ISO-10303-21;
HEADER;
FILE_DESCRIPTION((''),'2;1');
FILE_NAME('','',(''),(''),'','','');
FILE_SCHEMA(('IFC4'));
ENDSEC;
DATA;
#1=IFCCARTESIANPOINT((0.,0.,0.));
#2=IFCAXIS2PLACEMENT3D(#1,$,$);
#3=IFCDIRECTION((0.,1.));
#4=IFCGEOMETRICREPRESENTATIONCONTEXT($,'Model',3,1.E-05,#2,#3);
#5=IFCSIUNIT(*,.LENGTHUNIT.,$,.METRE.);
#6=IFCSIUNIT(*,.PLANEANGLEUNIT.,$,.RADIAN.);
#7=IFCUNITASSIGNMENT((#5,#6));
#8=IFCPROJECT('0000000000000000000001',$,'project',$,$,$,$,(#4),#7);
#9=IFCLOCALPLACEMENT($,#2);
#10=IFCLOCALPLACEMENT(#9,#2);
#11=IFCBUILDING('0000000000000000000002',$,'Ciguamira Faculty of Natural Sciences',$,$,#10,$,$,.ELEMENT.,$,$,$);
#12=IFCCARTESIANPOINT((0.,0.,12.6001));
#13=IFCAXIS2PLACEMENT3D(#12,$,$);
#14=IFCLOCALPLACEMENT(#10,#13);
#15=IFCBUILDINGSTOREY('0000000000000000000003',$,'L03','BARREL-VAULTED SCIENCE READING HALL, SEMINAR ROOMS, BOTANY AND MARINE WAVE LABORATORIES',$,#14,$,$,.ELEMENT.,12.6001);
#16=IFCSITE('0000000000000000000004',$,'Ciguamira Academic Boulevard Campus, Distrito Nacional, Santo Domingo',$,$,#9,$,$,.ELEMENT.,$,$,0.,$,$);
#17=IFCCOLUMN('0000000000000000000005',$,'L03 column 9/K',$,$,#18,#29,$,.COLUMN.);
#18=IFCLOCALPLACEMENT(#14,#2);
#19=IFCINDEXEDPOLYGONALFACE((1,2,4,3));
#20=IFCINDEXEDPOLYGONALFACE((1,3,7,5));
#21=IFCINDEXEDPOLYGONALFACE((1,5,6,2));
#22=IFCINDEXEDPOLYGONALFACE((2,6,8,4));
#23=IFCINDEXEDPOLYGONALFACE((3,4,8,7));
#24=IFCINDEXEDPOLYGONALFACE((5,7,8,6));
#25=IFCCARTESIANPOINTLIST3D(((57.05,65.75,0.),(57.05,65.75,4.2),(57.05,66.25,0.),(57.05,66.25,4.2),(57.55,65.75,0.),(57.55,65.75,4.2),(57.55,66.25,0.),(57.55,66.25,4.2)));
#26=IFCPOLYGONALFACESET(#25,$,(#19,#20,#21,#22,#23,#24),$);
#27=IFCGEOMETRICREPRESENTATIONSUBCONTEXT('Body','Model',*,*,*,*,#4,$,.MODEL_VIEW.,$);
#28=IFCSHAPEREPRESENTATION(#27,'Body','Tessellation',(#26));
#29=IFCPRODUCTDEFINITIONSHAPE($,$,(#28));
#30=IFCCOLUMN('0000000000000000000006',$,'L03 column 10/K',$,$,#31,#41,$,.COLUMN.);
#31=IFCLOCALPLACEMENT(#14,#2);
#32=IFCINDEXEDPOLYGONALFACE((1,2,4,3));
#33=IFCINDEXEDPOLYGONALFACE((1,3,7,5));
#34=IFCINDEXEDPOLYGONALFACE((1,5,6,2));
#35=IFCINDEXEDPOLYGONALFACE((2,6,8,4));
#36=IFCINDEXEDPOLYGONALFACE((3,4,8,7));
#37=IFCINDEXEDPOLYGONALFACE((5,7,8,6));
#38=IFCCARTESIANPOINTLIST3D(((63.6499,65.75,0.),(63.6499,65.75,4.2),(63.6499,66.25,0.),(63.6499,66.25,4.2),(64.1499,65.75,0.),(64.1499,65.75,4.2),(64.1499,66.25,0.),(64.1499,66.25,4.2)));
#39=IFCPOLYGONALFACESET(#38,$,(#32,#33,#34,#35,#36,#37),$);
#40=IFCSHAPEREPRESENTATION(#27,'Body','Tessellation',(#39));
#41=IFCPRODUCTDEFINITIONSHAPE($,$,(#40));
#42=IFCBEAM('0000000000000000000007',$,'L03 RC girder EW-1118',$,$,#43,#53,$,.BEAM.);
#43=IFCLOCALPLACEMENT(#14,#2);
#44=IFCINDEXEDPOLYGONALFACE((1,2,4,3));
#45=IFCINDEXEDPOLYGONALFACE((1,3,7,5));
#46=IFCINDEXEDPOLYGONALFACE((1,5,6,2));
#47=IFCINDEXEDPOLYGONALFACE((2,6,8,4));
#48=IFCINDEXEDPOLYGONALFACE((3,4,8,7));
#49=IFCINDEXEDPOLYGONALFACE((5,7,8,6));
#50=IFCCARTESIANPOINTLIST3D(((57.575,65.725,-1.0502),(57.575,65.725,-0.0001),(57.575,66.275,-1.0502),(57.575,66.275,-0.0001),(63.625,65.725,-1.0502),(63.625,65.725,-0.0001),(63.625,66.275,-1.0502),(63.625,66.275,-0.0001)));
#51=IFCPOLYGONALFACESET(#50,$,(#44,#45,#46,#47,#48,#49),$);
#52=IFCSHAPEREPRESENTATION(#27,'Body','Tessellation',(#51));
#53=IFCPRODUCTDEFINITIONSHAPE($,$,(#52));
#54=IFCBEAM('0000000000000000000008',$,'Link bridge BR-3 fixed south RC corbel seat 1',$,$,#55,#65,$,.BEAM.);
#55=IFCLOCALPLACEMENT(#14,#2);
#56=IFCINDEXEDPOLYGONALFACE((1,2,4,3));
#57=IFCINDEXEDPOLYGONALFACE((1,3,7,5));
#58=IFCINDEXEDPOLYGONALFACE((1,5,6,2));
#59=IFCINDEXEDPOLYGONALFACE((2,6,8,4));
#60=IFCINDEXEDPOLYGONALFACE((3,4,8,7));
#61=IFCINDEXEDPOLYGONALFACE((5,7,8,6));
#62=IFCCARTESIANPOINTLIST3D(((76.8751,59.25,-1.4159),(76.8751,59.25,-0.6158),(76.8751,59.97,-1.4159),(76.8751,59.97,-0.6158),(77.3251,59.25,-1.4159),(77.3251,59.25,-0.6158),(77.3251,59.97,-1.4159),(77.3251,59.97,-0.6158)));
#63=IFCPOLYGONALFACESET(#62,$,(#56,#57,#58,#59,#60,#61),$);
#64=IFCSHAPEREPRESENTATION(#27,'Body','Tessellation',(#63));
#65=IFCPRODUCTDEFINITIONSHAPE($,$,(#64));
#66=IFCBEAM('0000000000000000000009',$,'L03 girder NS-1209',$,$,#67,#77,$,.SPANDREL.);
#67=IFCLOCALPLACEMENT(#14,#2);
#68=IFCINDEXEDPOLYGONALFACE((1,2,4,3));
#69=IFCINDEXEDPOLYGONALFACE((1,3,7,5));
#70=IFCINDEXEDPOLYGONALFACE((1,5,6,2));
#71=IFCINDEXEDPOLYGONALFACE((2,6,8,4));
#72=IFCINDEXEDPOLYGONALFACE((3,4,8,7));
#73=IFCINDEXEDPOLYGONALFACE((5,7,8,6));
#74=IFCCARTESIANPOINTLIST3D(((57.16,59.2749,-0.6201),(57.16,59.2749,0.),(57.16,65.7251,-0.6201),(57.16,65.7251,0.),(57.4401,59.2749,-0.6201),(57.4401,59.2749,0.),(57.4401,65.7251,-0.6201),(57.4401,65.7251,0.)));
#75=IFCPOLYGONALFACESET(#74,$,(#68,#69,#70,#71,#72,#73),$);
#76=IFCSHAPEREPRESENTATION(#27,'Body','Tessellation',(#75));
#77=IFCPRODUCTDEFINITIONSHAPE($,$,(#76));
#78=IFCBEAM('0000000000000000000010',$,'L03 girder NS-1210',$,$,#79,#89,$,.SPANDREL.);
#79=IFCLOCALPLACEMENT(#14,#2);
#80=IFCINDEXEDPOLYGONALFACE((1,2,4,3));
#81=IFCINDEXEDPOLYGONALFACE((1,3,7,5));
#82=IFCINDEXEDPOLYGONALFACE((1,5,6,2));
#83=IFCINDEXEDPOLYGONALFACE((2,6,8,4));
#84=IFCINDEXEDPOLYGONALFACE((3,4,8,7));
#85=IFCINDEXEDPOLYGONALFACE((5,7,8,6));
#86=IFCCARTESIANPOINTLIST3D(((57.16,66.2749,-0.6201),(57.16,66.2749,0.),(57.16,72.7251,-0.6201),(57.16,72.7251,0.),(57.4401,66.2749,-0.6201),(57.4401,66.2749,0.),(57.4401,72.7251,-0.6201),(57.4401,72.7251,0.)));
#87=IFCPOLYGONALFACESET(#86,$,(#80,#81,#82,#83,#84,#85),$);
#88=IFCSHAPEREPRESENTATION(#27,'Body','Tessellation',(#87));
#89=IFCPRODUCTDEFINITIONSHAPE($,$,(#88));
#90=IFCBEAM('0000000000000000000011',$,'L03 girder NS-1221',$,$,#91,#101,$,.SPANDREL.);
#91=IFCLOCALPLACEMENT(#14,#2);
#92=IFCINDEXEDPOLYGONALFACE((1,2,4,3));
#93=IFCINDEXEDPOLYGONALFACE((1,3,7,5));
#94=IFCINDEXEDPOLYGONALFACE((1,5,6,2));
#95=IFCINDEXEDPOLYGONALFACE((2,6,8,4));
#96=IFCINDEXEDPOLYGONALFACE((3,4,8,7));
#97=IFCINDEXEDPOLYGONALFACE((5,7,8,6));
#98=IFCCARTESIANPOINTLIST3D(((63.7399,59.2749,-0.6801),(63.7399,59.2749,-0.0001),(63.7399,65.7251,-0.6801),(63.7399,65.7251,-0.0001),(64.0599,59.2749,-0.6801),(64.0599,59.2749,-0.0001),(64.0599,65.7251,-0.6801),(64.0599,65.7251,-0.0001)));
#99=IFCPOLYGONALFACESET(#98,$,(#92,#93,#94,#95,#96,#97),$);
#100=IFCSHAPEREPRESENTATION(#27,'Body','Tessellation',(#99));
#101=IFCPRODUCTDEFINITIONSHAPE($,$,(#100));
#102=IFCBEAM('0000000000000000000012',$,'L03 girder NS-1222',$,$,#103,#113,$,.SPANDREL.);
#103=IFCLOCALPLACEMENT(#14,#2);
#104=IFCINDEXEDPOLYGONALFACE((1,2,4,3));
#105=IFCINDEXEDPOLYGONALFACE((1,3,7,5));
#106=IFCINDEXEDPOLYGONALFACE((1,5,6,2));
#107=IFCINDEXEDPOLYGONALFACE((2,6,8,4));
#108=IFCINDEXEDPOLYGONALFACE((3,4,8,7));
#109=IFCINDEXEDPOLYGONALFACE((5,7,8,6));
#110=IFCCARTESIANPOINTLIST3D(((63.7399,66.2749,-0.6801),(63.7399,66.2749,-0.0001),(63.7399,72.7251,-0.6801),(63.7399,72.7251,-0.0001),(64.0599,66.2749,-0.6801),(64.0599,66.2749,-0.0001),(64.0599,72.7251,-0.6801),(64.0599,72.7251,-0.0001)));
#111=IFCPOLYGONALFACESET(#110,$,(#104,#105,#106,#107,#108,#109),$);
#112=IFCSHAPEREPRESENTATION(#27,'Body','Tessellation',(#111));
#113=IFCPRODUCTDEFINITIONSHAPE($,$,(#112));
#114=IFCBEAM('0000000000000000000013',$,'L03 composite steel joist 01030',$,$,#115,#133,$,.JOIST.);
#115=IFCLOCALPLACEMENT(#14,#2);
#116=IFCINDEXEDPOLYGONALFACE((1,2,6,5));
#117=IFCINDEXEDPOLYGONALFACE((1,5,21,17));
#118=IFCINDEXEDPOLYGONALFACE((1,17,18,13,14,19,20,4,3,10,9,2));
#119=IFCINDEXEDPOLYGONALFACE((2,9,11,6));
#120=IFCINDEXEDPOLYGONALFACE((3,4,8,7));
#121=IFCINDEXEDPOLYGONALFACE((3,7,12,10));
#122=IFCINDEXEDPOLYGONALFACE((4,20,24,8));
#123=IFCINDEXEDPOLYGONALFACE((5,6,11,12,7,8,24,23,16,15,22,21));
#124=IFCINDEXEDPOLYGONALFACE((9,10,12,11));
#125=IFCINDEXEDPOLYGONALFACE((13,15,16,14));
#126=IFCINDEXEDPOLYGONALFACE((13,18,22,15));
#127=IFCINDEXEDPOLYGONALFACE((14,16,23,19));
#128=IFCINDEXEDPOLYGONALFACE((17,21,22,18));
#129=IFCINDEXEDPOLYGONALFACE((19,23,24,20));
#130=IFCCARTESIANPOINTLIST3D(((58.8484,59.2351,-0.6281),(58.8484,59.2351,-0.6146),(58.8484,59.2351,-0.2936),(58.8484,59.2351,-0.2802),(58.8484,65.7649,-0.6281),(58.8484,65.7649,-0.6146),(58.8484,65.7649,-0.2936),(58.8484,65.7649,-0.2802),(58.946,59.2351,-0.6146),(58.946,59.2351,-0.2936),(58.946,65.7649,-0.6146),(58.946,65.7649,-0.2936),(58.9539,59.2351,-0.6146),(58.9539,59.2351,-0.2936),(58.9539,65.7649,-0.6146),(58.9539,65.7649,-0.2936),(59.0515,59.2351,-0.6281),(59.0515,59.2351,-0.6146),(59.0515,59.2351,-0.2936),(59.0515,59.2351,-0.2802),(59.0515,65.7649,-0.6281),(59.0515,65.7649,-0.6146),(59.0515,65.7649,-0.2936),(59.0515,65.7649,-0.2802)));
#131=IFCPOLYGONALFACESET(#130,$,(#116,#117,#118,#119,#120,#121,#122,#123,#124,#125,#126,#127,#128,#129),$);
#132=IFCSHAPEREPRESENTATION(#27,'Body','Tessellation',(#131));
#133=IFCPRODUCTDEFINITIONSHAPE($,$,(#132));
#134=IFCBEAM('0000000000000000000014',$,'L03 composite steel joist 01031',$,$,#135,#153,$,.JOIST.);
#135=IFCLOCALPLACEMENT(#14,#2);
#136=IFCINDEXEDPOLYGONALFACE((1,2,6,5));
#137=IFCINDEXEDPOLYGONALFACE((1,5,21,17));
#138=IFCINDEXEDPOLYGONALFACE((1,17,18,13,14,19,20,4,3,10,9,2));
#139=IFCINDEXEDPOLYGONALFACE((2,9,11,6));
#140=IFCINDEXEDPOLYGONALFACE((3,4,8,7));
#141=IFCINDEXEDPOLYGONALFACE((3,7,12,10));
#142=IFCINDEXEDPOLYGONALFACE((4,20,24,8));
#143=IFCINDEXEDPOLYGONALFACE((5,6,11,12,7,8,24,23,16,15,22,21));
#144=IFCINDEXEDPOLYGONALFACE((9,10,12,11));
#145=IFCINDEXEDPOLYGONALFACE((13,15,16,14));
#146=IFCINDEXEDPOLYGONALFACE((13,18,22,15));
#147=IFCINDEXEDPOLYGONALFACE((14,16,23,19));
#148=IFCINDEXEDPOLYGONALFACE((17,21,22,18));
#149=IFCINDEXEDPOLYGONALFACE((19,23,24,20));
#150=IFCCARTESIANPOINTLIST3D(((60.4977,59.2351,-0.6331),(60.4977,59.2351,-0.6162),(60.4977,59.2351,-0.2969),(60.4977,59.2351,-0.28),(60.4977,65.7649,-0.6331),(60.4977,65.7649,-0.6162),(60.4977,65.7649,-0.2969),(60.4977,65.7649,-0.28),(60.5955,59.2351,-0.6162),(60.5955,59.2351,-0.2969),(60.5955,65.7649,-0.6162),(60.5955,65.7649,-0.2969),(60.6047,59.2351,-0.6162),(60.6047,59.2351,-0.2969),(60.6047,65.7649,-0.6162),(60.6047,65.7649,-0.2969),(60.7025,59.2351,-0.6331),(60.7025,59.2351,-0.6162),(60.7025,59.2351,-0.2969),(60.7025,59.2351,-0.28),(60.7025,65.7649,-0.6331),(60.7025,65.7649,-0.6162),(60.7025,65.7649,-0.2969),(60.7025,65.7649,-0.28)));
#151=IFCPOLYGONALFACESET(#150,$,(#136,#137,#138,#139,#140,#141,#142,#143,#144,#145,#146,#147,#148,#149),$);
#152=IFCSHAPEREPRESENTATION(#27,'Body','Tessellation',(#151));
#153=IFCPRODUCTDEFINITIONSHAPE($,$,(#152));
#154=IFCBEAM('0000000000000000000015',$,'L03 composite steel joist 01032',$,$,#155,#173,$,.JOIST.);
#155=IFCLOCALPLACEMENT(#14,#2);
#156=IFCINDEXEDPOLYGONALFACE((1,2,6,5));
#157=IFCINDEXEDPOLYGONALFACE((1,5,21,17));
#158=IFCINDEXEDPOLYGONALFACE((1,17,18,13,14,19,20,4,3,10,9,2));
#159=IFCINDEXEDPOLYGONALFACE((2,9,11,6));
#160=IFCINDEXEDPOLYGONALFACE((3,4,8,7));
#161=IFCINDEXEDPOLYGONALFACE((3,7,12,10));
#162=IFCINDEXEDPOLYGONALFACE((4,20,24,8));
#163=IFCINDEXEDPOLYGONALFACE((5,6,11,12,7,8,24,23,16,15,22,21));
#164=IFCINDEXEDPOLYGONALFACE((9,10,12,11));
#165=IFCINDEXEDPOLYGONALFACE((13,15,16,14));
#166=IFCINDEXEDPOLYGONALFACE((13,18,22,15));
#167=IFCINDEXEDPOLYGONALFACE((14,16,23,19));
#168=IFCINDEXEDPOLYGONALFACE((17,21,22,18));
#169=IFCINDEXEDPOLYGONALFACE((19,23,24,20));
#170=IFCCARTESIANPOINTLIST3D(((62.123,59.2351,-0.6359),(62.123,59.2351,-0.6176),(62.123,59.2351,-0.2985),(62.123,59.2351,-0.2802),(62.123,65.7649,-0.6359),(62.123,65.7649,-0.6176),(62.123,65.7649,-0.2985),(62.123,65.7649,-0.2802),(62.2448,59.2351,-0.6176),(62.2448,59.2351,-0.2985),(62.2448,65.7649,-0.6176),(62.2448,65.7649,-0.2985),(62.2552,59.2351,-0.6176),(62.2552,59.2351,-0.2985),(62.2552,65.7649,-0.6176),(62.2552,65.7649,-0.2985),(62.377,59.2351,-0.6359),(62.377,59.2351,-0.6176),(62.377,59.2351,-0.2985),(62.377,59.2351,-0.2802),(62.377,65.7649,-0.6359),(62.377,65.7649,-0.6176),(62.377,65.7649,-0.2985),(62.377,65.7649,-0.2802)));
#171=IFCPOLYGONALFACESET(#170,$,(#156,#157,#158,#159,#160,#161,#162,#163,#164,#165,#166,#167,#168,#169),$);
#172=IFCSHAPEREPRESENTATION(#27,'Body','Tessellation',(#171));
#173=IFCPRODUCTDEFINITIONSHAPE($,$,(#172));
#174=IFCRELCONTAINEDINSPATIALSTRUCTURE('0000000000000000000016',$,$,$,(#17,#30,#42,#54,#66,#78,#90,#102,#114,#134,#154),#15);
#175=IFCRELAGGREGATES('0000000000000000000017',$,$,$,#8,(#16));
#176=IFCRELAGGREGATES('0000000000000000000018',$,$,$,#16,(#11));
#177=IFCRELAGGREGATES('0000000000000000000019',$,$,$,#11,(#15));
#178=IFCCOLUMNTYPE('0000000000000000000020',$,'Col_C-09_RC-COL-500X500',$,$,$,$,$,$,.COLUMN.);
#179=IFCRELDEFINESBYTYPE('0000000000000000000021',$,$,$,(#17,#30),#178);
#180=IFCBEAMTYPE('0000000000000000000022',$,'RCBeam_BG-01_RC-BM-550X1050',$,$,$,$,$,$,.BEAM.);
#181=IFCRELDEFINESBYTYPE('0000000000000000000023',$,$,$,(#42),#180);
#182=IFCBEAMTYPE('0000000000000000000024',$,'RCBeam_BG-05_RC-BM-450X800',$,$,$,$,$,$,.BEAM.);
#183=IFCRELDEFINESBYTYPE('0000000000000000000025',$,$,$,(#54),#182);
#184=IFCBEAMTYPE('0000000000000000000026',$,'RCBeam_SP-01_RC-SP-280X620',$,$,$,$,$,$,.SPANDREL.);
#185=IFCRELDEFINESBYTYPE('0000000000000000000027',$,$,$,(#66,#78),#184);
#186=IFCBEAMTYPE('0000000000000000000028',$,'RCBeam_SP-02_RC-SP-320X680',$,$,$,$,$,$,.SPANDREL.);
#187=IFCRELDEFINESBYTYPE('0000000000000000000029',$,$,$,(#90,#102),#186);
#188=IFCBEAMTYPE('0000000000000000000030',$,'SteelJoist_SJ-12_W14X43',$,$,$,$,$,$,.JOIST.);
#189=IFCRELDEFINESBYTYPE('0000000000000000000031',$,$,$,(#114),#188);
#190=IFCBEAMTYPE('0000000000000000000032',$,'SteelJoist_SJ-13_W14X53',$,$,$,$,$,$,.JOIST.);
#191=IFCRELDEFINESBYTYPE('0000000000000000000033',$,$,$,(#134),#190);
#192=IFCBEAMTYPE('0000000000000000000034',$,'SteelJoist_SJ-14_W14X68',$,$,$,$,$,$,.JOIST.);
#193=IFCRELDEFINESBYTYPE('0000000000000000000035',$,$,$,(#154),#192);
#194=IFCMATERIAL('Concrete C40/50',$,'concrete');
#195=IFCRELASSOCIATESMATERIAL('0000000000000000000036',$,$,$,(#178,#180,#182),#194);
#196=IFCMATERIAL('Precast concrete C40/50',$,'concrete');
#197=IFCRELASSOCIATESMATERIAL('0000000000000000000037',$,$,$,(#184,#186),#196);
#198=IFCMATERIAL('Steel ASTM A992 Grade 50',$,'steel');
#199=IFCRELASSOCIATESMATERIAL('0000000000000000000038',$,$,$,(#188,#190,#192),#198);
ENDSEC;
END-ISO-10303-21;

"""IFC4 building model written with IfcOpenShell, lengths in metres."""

from ifc_helpers import new_model, si_unit, direction, frame, origin, origin_2d, place, context, subcontext, project, spatial, rectangle, i_section, extrude, material, material_profile, profile_set, type_object, element, save


model = new_model("IFC4")

# Units and contexts
model_context = context("Model", 3, precision=1e-05, world=origin(), true_north=direction((0.0, 1.0)))
body_context = subcontext(model_context, "Body", "Model", "MODEL_VIEW")
ifc_project = project(units=[si_unit("LENGTHUNIT", "METRE"), si_unit("PLANEANGLEUNIT", "RADIAN")], contexts=[model_context])

# Site, building, storey
site_placement = place(None, origin())
site = spatial("IfcSite", under=ifc_project, at=site_placement, Name="Ciguamira Academic Boulevard Campus, Distrito Nacional, Santo Domingo", CompositionType="ELEMENT", RefElevation=0.0)
building_placement = place(site_placement, origin())
building = spatial("IfcBuilding", under=site, at=building_placement, Name="Ciguamira Faculty of Natural Sciences", CompositionType="ELEMENT")
storey_placement = place(building_placement, frame((0.0, 0.0, 12.6001)))
storey = spatial("IfcBuildingStorey", under=building, at=storey_placement, Name="L03", Description="BARREL-VAULTED SCIENCE READING HALL, SEMINAR ROOMS, BOTANY AND MARINE WAVE LABORATORIES", CompositionType="ELEMENT", Elevation=12.6001)

# Columns
ifc_material_1 = material(Name="Concrete C40/50", Category="concrete")
ifc_material_profile_1 = material_profile(ifc_material_1, rectangle(XDim=0.5, YDim=0.5, at=origin_2d()), Name="RC-COL-500X500")
ifc_profile_set_1 = profile_set([ifc_material_profile_1], Name="Concrete C40/50")
column_type = type_object("IfcColumnType", Name="Col_C-09_RC-COL-500X500", PredefinedType="COLUMN", material=ifc_profile_set_1)
for number, where, z_axis, x_axis, name in (
    (1, (57.3, 66.0, 0.0), (0.0, 0.0, 1.0), (1.0, 0.0, 0.0), "L03 column 9/K"),
    (2, (63.8999, 66.0, 0.0), (0.0, 0.0, 1.0), (1.0, 0.0, 0.0), "L03 column 10/K"),
):
    element("IfcColumn", number, at=place(storey_placement, frame(where, z_axis=z_axis, x_axis=x_axis)), inside=storey, type_object=column_type, Name=name, PredefinedType="COLUMN", context=body_context, shape_type="SweptSolid", body=[
        extrude(rectangle(XDim=0.5, YDim=0.5, at=origin_2d()), origin(), (0.0, 0.0, 1.0), 4.2),
    ])

# Beams
ifc_material_profile_2 = material_profile(ifc_material_1, rectangle(XDim=0.55, YDim=1.05, at=origin_2d()), Name="RC-BM-550X1050")
ifc_profile_set_2 = profile_set([ifc_material_profile_2], Name="Concrete C40/50")
beam_type_1 = type_object("IfcBeamType", Name="RCBeam_BG-01_RC-BM-550X1050", PredefinedType="BEAM", material=ifc_profile_set_2)
beam_1_placement = place(storey_placement, frame((57.575, 66.0, -0.5251), z_axis=(1.0, 0.0, 0.0), x_axis=(0.0, 1.0, 0.0)))
element("IfcBeam", 3, at=beam_1_placement, inside=storey, type_object=beam_type_1, Name="L03 RC girder EW-1118", PredefinedType="BEAM", context=body_context, shape_type="SweptSolid", body=[
    extrude(rectangle(XDim=0.55, YDim=1.05, at=origin_2d()), origin(), (0.0, 0.0, 1.0), 6.05),
])
ifc_material_profile_3 = material_profile(ifc_material_1, rectangle(XDim=0.45, YDim=0.8, at=origin_2d()), Name="RC-BM-450X800")
ifc_profile_set_3 = profile_set([ifc_material_profile_3], Name="Concrete C40/50")
beam_type_2 = type_object("IfcBeamType", Name="RCBeam_BG-05_RC-BM-450X800", PredefinedType="BEAM", material=ifc_profile_set_3)
beam_2_placement = place(storey_placement, frame((77.1001, 59.25, -1.0159), z_axis=(0.0, 1.0, 0.0), x_axis=(-1.0, 0.0, 0.0)))
element("IfcBeam", 4, at=beam_2_placement, inside=storey, type_object=beam_type_2, Name="Link bridge BR-3 fixed south RC corbel seat 1", PredefinedType="BEAM", context=body_context, shape_type="SweptSolid", body=[
    extrude(rectangle(XDim=0.45, YDim=0.8, at=origin_2d()), origin(), (0.0, 0.0, 1.0), 0.72),
])
ifc_material_2 = material(Name="Precast concrete C40/50", Category="concrete")
ifc_material_profile_4 = material_profile(ifc_material_2, rectangle(XDim=0.28, YDim=0.6201, at=origin_2d()), Name="RC-SP-280X620")
ifc_profile_set_4 = profile_set([ifc_material_profile_4], Name="Precast concrete C40/50")
beam_type_3 = type_object("IfcBeamType", Name="RCBeam_SP-01_RC-SP-280X620", PredefinedType="SPANDREL", material=ifc_profile_set_4)
for number, where, z_axis, x_axis, name in (
    (5, (57.3, 59.2749, -0.3101), (0.0, 1.0, 0.0), (-1.0, 0.0, 0.0), "L03 girder NS-1209"),
    (6, (57.3, 66.2749, -0.3101), (0.0, 1.0, 0.0), (-1.0, 0.0, 0.0), "L03 girder NS-1210"),
):
    element("IfcBeam", number, at=place(storey_placement, frame(where, z_axis=z_axis, x_axis=x_axis)), inside=storey, type_object=beam_type_3, Name=name, PredefinedType="SPANDREL", context=body_context, shape_type="SweptSolid", body=[
        extrude(rectangle(XDim=0.28, YDim=0.6201, at=origin_2d()), origin(), (0.0, 0.0, 1.0), 6.4502),
    ])
ifc_material_profile_5 = material_profile(ifc_material_2, rectangle(XDim=0.3201, YDim=0.6799, at=origin_2d()), Name="RC-SP-320X680")
ifc_profile_set_5 = profile_set([ifc_material_profile_5], Name="Precast concrete C40/50")
beam_type_4 = type_object("IfcBeamType", Name="RCBeam_SP-02_RC-SP-320X680", PredefinedType="SPANDREL", material=ifc_profile_set_5)
for number, where, z_axis, x_axis, name in (
    (7, (63.8999, 59.2749, -0.3401), (0.0, 1.0, 0.0), (-1.0, 0.0, 0.0), "L03 girder NS-1221"),
    (8, (63.8999, 66.2749, -0.3401), (0.0, 1.0, 0.0), (-1.0, 0.0, 0.0), "L03 girder NS-1222"),
):
    element("IfcBeam", number, at=place(storey_placement, frame(where, z_axis=z_axis, x_axis=x_axis)), inside=storey, type_object=beam_type_4, Name=name, PredefinedType="SPANDREL", context=body_context, shape_type="SweptSolid", body=[
        extrude(rectangle(XDim=0.3201, YDim=0.6799, at=origin_2d()), origin(), (0.0, 0.0, 1.0), 6.4502),
    ])
ifc_material_3 = material(Name="Steel ASTM A992 Grade 50", Category="steel")
ifc_material_profile_6 = material_profile(ifc_material_3, i_section(OverallWidth=0.2031, OverallDepth=0.3479, WebThickness=0.0078, FlangeThickness=0.0134, at=origin_2d()), Name="W14X43")
ifc_profile_set_6 = profile_set([ifc_material_profile_6], Name="Steel ASTM A992 Grade 50")
beam_type_5 = type_object("IfcBeamType", Name="SteelJoist_SJ-12_W14X43", PredefinedType="JOIST", material=ifc_profile_set_6)
beam_3_placement = place(storey_placement, frame((58.95, 59.2351, -0.4541), z_axis=(0.0, 1.0, 0.0), x_axis=(-1.0, 0.0, 0.0)))
element("IfcBeam", 9, at=beam_3_placement, inside=storey, type_object=beam_type_5, Name="L03 composite steel joist 01030", PredefinedType="JOIST", context=body_context, shape_type="SweptSolid", body=[
    extrude(i_section(OverallWidth=0.2031, OverallDepth=0.3479, WebThickness=0.0078, FlangeThickness=0.0134, at=origin_2d()), origin(), (0.0, 0.0, 1.0), 6.5298),
])
ifc_material_profile_7 = material_profile(ifc_material_3, i_section(OverallWidth=0.2048, OverallDepth=0.353, WebThickness=0.0093, FlangeThickness=0.0168, at=origin_2d()), Name="W14X53")
ifc_profile_set_7 = profile_set([ifc_material_profile_7], Name="Steel ASTM A992 Grade 50")
beam_type_6 = type_object("IfcBeamType", Name="SteelJoist_SJ-13_W14X53", PredefinedType="JOIST", material=ifc_profile_set_7)
beam_4_placement = place(storey_placement, frame((60.6001, 59.2351, -0.4565), z_axis=(0.0, 1.0, 0.0), x_axis=(-1.0, 0.0, 0.0)))
element("IfcBeam", 10, at=beam_4_placement, inside=storey, type_object=beam_type_6, Name="L03 composite steel joist 01031", PredefinedType="JOIST", context=body_context, shape_type="SweptSolid", body=[
    extrude(i_section(OverallWidth=0.2048, OverallDepth=0.353, WebThickness=0.0093, FlangeThickness=0.0168, at=origin_2d()), origin(), (0.0, 0.0, 1.0), 6.5298),
])
ifc_material_profile_8 = material_profile(ifc_material_3, i_section(OverallWidth=0.2539, OverallDepth=0.3557, WebThickness=0.0105, FlangeThickness=0.0183, at=origin_2d()), Name="W14X68")
ifc_profile_set_8 = profile_set([ifc_material_profile_8], Name="Steel ASTM A992 Grade 50")
beam_type_7 = type_object("IfcBeamType", Name="SteelJoist_SJ-14_W14X68", PredefinedType="JOIST", material=ifc_profile_set_8)
beam_5_placement = place(storey_placement, frame((62.25, 59.2351, -0.458), z_axis=(0.0, 1.0, 0.0), x_axis=(-1.0, 0.0, 0.0)))
element("IfcBeam", 11, at=beam_5_placement, inside=storey, type_object=beam_type_7, Name="L03 composite steel joist 01032", PredefinedType="JOIST", context=body_context, shape_type="SweptSolid", body=[
    extrude(i_section(OverallWidth=0.2539, OverallDepth=0.3557, WebThickness=0.0105, FlangeThickness=0.0183, at=origin_2d()), origin(), (0.0, 0.0, 1.0), 6.5298),
])

save(model, "model.ifc")
